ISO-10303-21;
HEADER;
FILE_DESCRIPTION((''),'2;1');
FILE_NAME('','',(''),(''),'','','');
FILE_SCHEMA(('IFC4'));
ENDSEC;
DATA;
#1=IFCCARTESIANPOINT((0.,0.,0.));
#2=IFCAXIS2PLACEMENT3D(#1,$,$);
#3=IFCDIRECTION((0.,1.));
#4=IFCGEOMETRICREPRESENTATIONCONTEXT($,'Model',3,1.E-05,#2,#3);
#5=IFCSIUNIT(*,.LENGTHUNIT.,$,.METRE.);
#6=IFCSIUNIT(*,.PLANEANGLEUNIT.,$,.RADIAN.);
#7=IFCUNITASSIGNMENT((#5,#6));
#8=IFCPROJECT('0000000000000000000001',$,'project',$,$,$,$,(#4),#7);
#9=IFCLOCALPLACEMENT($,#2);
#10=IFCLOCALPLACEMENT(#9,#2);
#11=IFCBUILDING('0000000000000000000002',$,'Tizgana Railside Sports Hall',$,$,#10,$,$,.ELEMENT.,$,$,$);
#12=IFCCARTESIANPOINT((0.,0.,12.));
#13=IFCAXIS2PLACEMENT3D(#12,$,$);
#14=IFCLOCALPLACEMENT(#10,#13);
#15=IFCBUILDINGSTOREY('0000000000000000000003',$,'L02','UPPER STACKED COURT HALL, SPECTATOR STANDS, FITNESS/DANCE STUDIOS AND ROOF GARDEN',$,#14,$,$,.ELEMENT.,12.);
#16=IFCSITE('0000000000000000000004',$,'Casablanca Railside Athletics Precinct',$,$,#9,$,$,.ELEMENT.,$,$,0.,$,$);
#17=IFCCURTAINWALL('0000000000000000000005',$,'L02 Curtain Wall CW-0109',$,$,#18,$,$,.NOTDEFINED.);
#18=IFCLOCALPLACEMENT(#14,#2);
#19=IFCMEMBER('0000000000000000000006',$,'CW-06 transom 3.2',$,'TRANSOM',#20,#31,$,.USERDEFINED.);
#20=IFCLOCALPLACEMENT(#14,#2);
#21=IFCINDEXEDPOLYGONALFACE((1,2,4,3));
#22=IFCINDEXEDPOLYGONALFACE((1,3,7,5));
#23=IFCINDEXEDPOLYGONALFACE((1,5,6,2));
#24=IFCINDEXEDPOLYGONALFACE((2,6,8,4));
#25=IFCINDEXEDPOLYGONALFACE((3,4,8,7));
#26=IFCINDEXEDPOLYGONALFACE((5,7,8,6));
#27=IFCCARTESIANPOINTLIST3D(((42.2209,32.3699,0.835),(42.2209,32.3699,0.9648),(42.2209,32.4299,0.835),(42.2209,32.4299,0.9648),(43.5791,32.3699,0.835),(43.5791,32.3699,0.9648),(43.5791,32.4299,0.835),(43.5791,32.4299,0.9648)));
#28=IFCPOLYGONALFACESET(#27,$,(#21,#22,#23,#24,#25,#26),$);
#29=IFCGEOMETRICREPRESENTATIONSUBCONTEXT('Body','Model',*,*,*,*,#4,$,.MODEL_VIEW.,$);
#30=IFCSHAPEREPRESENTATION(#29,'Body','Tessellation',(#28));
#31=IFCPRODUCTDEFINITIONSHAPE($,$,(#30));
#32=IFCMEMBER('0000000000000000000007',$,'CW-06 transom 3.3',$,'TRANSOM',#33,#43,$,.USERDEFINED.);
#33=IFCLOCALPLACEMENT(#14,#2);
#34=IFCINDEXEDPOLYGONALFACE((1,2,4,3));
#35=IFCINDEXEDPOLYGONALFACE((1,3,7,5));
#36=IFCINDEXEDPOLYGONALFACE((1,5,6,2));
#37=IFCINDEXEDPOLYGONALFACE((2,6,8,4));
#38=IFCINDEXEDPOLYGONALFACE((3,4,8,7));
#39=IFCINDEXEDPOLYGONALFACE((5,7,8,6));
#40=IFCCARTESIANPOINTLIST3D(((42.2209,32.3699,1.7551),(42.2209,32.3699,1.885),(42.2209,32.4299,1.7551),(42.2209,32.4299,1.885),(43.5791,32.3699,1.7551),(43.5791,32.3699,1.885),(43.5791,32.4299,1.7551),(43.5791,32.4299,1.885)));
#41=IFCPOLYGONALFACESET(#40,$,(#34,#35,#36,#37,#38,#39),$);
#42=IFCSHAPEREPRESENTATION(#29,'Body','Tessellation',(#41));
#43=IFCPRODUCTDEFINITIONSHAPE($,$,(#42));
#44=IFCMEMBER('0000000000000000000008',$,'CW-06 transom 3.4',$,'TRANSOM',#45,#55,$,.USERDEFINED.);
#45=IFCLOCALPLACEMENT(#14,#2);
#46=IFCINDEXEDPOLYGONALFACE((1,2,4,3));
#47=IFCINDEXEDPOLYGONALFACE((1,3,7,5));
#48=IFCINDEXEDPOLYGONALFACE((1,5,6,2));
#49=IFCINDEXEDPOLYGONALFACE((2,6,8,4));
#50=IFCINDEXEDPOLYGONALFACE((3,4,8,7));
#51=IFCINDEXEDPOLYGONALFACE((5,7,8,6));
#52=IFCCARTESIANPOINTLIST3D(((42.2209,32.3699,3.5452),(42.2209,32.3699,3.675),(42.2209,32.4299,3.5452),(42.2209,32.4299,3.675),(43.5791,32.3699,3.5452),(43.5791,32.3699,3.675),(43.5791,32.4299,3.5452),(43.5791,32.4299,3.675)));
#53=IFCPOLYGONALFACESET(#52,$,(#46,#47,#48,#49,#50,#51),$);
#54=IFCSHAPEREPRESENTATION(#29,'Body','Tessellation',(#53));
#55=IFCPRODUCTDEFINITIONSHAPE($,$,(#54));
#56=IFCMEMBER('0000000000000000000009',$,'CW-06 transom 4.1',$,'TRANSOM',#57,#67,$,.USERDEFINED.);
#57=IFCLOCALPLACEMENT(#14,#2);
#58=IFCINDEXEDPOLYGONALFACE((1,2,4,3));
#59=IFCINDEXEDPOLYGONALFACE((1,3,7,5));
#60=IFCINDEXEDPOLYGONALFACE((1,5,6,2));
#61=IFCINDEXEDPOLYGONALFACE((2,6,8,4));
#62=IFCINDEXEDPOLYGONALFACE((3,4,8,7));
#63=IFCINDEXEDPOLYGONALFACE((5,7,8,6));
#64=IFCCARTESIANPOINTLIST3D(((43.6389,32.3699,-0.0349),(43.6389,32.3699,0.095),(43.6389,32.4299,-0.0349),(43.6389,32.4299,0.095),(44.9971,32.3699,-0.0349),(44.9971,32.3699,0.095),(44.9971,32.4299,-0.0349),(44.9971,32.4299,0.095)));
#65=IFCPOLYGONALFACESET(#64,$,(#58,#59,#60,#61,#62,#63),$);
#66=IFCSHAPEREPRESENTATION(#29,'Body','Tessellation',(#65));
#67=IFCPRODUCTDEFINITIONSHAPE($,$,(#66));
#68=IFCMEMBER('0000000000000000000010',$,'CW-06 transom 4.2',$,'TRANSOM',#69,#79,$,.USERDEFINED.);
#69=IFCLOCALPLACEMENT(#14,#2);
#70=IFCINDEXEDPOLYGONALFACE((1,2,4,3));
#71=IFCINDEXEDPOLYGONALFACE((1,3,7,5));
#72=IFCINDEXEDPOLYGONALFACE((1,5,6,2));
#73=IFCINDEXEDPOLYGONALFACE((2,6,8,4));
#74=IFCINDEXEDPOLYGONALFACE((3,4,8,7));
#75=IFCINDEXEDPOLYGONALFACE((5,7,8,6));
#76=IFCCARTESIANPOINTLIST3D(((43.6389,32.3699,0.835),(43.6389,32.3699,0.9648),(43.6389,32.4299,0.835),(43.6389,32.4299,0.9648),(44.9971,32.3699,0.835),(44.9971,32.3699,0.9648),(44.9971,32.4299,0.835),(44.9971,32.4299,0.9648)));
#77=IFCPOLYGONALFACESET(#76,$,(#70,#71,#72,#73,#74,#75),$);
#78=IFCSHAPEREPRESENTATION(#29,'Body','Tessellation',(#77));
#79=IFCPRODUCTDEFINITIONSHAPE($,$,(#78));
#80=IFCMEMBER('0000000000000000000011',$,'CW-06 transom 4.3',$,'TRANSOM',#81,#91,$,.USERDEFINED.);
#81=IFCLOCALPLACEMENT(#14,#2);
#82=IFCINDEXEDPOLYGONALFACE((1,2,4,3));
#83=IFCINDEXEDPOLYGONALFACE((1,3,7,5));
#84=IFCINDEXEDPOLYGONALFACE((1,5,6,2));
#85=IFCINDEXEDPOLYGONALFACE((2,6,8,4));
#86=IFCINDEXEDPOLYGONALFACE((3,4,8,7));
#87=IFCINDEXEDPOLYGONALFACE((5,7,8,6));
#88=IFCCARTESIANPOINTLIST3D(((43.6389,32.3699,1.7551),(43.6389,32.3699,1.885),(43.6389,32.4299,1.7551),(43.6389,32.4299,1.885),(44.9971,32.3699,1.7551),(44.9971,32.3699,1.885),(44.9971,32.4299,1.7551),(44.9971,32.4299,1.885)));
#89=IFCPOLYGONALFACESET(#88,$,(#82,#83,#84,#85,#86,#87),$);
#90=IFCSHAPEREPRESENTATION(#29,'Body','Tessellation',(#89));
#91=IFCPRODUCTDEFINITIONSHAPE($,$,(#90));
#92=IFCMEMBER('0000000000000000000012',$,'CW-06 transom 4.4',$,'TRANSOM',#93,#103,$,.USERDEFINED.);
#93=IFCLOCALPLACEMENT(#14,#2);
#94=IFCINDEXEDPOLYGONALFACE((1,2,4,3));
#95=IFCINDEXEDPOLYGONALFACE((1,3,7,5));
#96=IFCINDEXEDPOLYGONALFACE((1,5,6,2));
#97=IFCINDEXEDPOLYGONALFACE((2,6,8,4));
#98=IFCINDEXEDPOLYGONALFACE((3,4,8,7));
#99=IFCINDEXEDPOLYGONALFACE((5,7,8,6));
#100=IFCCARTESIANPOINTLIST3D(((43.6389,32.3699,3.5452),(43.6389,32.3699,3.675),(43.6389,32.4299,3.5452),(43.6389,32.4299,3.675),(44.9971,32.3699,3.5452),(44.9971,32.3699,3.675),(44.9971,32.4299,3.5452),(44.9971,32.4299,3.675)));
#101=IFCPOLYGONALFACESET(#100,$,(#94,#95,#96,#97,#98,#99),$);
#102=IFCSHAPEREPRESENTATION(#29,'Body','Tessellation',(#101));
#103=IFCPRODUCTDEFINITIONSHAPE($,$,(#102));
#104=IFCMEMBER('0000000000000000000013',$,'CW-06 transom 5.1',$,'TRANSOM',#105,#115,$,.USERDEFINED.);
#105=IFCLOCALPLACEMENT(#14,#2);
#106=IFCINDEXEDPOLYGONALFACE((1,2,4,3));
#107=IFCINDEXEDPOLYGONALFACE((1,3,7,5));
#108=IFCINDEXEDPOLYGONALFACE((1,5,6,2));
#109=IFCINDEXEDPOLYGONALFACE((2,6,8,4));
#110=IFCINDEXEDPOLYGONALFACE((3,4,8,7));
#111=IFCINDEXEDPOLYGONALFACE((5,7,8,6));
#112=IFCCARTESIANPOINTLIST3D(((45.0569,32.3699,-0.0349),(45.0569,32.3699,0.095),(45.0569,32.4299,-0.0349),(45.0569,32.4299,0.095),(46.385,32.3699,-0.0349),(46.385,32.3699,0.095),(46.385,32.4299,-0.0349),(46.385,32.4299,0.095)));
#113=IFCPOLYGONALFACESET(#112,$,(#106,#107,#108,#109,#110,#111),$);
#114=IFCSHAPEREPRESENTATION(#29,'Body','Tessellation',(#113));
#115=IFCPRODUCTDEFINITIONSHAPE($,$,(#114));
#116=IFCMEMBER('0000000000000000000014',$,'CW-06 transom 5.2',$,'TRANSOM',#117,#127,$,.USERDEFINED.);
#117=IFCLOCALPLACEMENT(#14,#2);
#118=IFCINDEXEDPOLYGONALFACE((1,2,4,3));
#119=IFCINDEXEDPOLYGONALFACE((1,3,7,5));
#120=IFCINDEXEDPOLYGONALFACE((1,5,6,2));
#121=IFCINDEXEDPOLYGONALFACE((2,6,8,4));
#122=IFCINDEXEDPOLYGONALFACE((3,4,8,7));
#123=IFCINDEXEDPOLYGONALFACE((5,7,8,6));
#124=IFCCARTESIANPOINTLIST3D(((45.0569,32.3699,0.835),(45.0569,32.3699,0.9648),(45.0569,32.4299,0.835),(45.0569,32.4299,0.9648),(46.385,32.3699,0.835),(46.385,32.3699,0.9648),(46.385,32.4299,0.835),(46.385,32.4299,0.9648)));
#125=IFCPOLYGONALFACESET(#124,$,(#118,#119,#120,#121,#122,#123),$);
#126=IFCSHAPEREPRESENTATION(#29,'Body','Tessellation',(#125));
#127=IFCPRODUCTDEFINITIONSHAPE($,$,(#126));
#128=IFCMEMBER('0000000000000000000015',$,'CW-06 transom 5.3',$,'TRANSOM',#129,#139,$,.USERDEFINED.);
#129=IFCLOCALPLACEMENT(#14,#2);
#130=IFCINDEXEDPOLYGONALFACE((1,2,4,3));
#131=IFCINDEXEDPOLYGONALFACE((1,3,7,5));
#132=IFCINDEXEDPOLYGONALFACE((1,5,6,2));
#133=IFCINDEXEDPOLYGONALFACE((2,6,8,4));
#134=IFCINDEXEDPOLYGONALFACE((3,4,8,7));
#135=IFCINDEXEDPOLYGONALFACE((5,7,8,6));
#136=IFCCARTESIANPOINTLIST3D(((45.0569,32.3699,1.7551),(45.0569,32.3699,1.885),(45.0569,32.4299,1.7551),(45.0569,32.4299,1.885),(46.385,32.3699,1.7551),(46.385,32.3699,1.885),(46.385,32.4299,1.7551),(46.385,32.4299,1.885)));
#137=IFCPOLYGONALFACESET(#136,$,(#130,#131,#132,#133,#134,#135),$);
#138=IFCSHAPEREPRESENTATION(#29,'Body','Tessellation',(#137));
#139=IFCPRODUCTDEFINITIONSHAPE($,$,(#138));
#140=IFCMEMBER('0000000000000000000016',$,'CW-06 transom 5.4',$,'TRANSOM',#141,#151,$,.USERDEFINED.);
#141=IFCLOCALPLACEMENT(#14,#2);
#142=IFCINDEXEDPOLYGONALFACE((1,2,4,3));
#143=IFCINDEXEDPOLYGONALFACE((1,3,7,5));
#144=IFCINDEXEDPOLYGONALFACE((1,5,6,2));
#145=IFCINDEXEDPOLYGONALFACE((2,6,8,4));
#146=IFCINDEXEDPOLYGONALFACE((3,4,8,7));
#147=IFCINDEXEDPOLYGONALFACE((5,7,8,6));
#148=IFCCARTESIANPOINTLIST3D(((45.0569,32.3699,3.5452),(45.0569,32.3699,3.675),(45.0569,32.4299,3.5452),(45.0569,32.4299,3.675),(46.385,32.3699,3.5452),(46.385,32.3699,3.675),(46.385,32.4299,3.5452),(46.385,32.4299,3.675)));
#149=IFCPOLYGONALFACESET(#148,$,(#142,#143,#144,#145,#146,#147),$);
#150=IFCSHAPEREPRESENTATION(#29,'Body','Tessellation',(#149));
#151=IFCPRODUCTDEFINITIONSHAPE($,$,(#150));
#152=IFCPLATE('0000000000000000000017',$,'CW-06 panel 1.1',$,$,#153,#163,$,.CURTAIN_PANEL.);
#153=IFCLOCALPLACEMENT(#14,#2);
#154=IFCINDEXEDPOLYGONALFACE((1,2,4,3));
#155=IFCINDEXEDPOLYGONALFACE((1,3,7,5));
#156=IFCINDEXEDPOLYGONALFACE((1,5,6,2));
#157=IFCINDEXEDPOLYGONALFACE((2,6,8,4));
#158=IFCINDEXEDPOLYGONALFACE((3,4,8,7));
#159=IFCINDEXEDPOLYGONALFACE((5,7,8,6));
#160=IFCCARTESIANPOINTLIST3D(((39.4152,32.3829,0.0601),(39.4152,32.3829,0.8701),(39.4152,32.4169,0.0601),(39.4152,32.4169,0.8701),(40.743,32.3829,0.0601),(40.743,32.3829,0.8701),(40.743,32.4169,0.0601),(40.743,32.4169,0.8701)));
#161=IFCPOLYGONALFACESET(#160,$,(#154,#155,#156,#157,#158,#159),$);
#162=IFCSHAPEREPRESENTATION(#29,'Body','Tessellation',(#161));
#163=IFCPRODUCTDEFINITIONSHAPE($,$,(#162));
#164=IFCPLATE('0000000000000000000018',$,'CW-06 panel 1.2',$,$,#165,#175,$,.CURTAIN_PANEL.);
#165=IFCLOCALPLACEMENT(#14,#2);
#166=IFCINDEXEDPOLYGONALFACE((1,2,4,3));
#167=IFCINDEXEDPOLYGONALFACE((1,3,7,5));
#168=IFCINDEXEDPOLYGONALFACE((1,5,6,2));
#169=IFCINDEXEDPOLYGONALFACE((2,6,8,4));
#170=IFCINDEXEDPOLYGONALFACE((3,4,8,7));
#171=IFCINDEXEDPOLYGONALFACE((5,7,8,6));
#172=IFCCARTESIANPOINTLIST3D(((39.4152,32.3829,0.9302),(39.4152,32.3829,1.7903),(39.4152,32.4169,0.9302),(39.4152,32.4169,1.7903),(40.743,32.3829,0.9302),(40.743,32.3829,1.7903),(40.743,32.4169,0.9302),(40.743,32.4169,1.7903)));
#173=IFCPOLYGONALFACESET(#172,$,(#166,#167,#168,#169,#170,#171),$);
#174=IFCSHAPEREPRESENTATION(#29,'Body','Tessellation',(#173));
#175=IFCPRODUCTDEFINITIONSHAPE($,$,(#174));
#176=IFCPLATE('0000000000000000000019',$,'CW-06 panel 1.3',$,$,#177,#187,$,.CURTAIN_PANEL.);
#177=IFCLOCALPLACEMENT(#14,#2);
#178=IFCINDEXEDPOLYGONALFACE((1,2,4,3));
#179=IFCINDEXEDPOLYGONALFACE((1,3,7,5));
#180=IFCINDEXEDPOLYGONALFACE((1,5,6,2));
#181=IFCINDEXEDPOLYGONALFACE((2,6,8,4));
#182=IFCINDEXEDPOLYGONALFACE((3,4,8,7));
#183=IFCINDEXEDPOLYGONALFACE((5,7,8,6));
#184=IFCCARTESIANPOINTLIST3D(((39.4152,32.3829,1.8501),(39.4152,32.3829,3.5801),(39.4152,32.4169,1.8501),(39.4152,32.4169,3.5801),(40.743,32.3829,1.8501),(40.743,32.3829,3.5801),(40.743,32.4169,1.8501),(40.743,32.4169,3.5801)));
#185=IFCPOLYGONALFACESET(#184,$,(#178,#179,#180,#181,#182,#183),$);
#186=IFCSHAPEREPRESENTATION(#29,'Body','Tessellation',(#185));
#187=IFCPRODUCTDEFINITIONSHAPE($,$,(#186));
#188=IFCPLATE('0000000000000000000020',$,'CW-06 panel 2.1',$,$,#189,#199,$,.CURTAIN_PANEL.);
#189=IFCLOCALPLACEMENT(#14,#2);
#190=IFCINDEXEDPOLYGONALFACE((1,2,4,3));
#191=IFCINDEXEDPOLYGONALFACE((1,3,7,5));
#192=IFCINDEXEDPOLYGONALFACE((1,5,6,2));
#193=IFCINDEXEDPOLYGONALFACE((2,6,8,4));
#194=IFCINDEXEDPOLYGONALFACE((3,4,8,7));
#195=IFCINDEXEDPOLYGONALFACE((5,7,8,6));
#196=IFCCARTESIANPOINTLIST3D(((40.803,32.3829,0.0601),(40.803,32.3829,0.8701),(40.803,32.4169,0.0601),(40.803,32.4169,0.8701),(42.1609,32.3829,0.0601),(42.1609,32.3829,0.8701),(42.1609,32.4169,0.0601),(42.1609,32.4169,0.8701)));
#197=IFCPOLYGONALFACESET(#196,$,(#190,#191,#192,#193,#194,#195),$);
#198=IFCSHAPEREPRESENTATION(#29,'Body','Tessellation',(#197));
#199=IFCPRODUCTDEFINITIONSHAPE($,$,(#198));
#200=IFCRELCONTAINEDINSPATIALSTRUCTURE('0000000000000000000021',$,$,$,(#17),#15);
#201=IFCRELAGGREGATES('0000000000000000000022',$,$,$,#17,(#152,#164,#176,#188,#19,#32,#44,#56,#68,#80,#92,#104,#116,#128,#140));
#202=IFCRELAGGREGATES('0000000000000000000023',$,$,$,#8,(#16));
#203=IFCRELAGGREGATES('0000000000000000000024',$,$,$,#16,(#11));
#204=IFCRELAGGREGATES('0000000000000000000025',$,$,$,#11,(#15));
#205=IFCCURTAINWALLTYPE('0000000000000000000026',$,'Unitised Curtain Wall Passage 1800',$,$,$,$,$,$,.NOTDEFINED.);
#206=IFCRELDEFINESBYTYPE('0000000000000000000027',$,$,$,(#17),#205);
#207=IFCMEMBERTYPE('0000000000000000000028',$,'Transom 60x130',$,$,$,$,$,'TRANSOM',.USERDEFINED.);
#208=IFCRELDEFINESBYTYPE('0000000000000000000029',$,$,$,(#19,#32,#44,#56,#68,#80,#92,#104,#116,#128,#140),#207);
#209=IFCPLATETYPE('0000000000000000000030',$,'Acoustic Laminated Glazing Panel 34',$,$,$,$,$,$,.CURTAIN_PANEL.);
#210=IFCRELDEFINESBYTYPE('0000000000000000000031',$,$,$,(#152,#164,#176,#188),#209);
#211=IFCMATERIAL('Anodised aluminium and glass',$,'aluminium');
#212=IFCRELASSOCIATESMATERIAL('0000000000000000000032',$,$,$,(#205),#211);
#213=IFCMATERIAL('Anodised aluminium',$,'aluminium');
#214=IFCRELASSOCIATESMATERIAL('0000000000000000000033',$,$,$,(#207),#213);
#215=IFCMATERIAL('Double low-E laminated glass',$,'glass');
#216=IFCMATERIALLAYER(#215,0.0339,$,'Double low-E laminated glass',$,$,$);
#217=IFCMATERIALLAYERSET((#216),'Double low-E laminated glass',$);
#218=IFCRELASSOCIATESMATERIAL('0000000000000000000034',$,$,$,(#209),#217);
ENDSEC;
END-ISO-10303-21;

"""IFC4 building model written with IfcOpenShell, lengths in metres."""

from ifc_helpers import new_model, si_unit, direction, frame, origin, origin_2d, place, context, subcontext, project, spatial, rectangle, extrude, material, layer, layer_set, material_profile, profile_set, type_object, element, aggregate, save


model = new_model("IFC4")

# Units and contexts
model_context = context("Model", 3, precision=1e-05, world=origin(), true_north=direction((0.0, 1.0)))
body_context = subcontext(model_context, "Body", "Model", "MODEL_VIEW")
ifc_project = project(units=[si_unit("LENGTHUNIT", "METRE"), si_unit("PLANEANGLEUNIT", "RADIAN")], contexts=[model_context])

# Site, building, storey
site_placement = place(None, origin())
site = spatial("IfcSite", under=ifc_project, at=site_placement, Name="Casablanca Railside Athletics Precinct", CompositionType="ELEMENT", RefElevation=0.0)
building_placement = place(site_placement, origin())
building = spatial("IfcBuilding", under=site, at=building_placement, Name="Tizgana Railside Sports Hall", CompositionType="ELEMENT")
storey_placement = place(building_placement, frame((0.0, 0.0, 12.0)))
storey = spatial("IfcBuildingStorey", under=building, at=storey_placement, Name="L02", Description="UPPER STACKED COURT HALL, SPECTATOR STANDS, FITNESS/DANCE STUDIOS AND ROOF GARDEN", CompositionType="ELEMENT", Elevation=12.0)

# Curtain wall, members, plates
ifc_material_1 = material(Name="Anodised aluminium and glass", Category="aluminium")
curtain_wall_type = type_object("IfcCurtainWallType", Name="Unitised Curtain Wall Passage 1800", PredefinedType="NOTDEFINED", material=ifc_material_1)
curtain_wall_placement = place(storey_placement, origin())
curtain_wall = element("IfcCurtainWall", 1, at=curtain_wall_placement, inside=storey, type_object=curtain_wall_type, Name="L02 Curtain Wall CW-0109", PredefinedType="NOTDEFINED")
ifc_material_2 = material(Name="Anodised aluminium", Category="aluminium")
ifc_material_profile_1 = material_profile(ifc_material_2, rectangle(XDim=0.0601, YDim=0.1299, at=origin_2d()), Name="Transom 60x130")
ifc_profile_set_1 = profile_set([ifc_material_profile_1], Name="Anodised aluminium")
member_type_1 = type_object("IfcMemberType", Name="Transom 60x130", ElementType="TRANSOM", PredefinedType="USERDEFINED", material=ifc_profile_set_1)
member_1_placement = place(storey_placement, frame((42.2209, 32.3999, 0.8999), z_axis=(1.0, 0.0, 0.0), x_axis=(0.0, 1.0, 0.0)))
member_1 = element("IfcMember", 2, at=member_1_placement, type_object=member_type_1, Name="CW-06 transom 3.2", ObjectType="TRANSOM", PredefinedType="USERDEFINED", context=body_context, shape_type="SweptSolid", body=[
    extrude(rectangle(XDim=0.0601, YDim=0.1299, at=origin_2d()), origin(), (0.0, 0.0, 1.0), 1.3582),
])
member_2_placement = place(storey_placement, frame((42.2209, 32.3999, 1.8201), z_axis=(1.0, 0.0, 0.0), x_axis=(0.0, 1.0, 0.0)))
member_2 = element("IfcMember", 3, at=member_2_placement, type_object=member_type_1, Name="CW-06 transom 3.3", ObjectType="TRANSOM", PredefinedType="USERDEFINED", context=body_context, shape_type="SweptSolid", body=[
    extrude(rectangle(XDim=0.0601, YDim=0.1299, at=origin_2d()), origin(), (0.0, 0.0, 1.0), 1.3582),
])
member_3_placement = place(storey_placement, frame((42.2209, 32.3999, 3.6101), z_axis=(1.0, 0.0, 0.0), x_axis=(0.0, 1.0, 0.0)))
member_3 = element("IfcMember", 4, at=member_3_placement, type_object=member_type_1, Name="CW-06 transom 3.4", ObjectType="TRANSOM", PredefinedType="USERDEFINED", context=body_context, shape_type="SweptSolid", body=[
    extrude(rectangle(XDim=0.0601, YDim=0.1299, at=origin_2d()), origin(), (0.0, 0.0, 1.0), 1.3582),
])
member_4_placement = place(storey_placement, frame((43.6389, 32.3999, 0.03), z_axis=(1.0, 0.0, 0.0), x_axis=(0.0, 1.0, 0.0)))
member_4 = element("IfcMember", 5, at=member_4_placement, type_object=member_type_1, Name="CW-06 transom 4.1", ObjectType="TRANSOM", PredefinedType="USERDEFINED", context=body_context, shape_type="SweptSolid", body=[
    extrude(rectangle(XDim=0.0601, YDim=0.1299, at=origin_2d()), origin(), (0.0, 0.0, 1.0), 1.3582),
])
member_5_placement = place(storey_placement, frame((43.6389, 32.3999, 0.8999), z_axis=(1.0, 0.0, 0.0), x_axis=(0.0, 1.0, 0.0)))
member_5 = element("IfcMember", 6, at=member_5_placement, type_object=member_type_1, Name="CW-06 transom 4.2", ObjectType="TRANSOM", PredefinedType="USERDEFINED", context=body_context, shape_type="SweptSolid", body=[
    extrude(rectangle(XDim=0.0601, YDim=0.1299, at=origin_2d()), origin(), (0.0, 0.0, 1.0), 1.3582),
])
member_6_placement = place(storey_placement, frame((43.6389, 32.3999, 1.8201), z_axis=(1.0, 0.0, 0.0), x_axis=(0.0, 1.0, 0.0)))
member_6 = element("IfcMember", 7, at=member_6_placement, type_object=member_type_1, Name="CW-06 transom 4.3", ObjectType="TRANSOM", PredefinedType="USERDEFINED", context=body_context, shape_type="SweptSolid", body=[
    extrude(rectangle(XDim=0.0601, YDim=0.1299, at=origin_2d()), origin(), (0.0, 0.0, 1.0), 1.3582),
])
member_7_placement = place(storey_placement, frame((43.6389, 32.3999, 3.6101), z_axis=(1.0, 0.0, 0.0), x_axis=(0.0, 1.0, 0.0)))
member_7 = element("IfcMember", 8, at=member_7_placement, type_object=member_type_1, Name="CW-06 transom 4.4", ObjectType="TRANSOM", PredefinedType="USERDEFINED", context=body_context, shape_type="SweptSolid", body=[
    extrude(rectangle(XDim=0.0601, YDim=0.1299, at=origin_2d()), origin(), (0.0, 0.0, 1.0), 1.3582),
])
member_8_placement = place(storey_placement, frame((45.0569, 32.3999, 0.03), z_axis=(1.0, 0.0, 0.0), x_axis=(0.0, 1.0, 0.0)))
member_8 = element("IfcMember", 9, at=member_8_placement, type_object=member_type_1, Name="CW-06 transom 5.1", ObjectType="TRANSOM", PredefinedType="USERDEFINED", context=body_context, shape_type="SweptSolid", body=[
    extrude(rectangle(XDim=0.0601, YDim=0.1299, at=origin_2d()), origin(), (0.0, 0.0, 1.0), 1.3281),
])
member_9_placement = place(storey_placement, frame((45.0569, 32.3999, 0.8999), z_axis=(1.0, 0.0, 0.0), x_axis=(0.0, 1.0, 0.0)))
member_9 = element("IfcMember", 10, at=member_9_placement, type_object=member_type_1, Name="CW-06 transom 5.2", ObjectType="TRANSOM", PredefinedType="USERDEFINED", context=body_context, shape_type="SweptSolid", body=[
    extrude(rectangle(XDim=0.0601, YDim=0.1299, at=origin_2d()), origin(), (0.0, 0.0, 1.0), 1.3281),
])
member_10_placement = place(storey_placement, frame((45.0569, 32.3999, 1.8201), z_axis=(1.0, 0.0, 0.0), x_axis=(0.0, 1.0, 0.0)))
member_10 = element("IfcMember", 11, at=member_10_placement, type_object=member_type_1, Name="CW-06 transom 5.3", ObjectType="TRANSOM", PredefinedType="USERDEFINED", context=body_context, shape_type="SweptSolid", body=[
    extrude(rectangle(XDim=0.0601, YDim=0.1299, at=origin_2d()), origin(), (0.0, 0.0, 1.0), 1.3281),
])
member_11_placement = place(storey_placement, frame((45.0569, 32.3999, 3.6101), z_axis=(1.0, 0.0, 0.0), x_axis=(0.0, 1.0, 0.0)))
member_11 = element("IfcMember", 12, at=member_11_placement, type_object=member_type_1, Name="CW-06 transom 5.4", ObjectType="TRANSOM", PredefinedType="USERDEFINED", context=body_context, shape_type="SweptSolid", body=[
    extrude(rectangle(XDim=0.0601, YDim=0.1299, at=origin_2d()), origin(), (0.0, 0.0, 1.0), 1.3281),
])
ifc_material_3 = material(Name="Double low-E laminated glass", Category="glass")
ifc_layer = layer(ifc_material_3, 0.0339, Name="Double low-E laminated glass")
ifc_layer_set = layer_set([ifc_layer], Name="Double low-E laminated glass")
plate_type = type_object("IfcPlateType", Name="Acoustic Laminated Glazing Panel 34", PredefinedType="CURTAIN_PANEL", material=ifc_layer_set)
plate_1_placement = place(storey_placement, frame((40.0791, 32.3999, 0.0601), z_axis=(0.0, 0.0, 1.0), x_axis=(1.0, 0.0, 0.0)))
plate_1 = element("IfcPlate", 13, at=plate_1_placement, type_object=plate_type, Name="CW-06 panel 1.1", PredefinedType="CURTAIN_PANEL", context=body_context, shape_type="SweptSolid", body=[
    extrude(rectangle(XDim=1.3279, YDim=0.0339, at=origin_2d()), origin(), (0.0, 0.0, 1.0), 0.8101),
])
plate_2_placement = place(storey_placement, frame((40.0791, 32.3999, 0.9302), z_axis=(0.0, 0.0, 1.0), x_axis=(1.0, 0.0, 0.0)))
plate_2 = element("IfcPlate", 14, at=plate_2_placement, type_object=plate_type, Name="CW-06 panel 1.2", PredefinedType="CURTAIN_PANEL", context=body_context, shape_type="SweptSolid", body=[
    extrude(rectangle(XDim=1.3279, YDim=0.0339, at=origin_2d()), origin(), (0.0, 0.0, 1.0), 0.8601),
])
plate_3_placement = place(storey_placement, frame((40.0791, 32.3999, 1.8501), z_axis=(0.0, 0.0, 1.0), x_axis=(1.0, 0.0, 0.0)))
plate_3 = element("IfcPlate", 15, at=plate_3_placement, type_object=plate_type, Name="CW-06 panel 1.3", PredefinedType="CURTAIN_PANEL", context=body_context, shape_type="SweptSolid", body=[
    extrude(rectangle(XDim=1.3279, YDim=0.0339, at=origin_2d()), origin(), (0.0, 0.0, 1.0), 1.73),
])
plate_4_placement = place(storey_placement, frame((41.4819, 32.3999, 0.0601), z_axis=(0.0, 0.0, 1.0), x_axis=(1.0, 0.0, 0.0)))
plate_4 = element("IfcPlate", 16, at=plate_4_placement, type_object=plate_type, Name="CW-06 panel 2.1", PredefinedType="CURTAIN_PANEL", context=body_context, shape_type="SweptSolid", body=[
    extrude(rectangle(XDim=1.3579, YDim=0.0339, at=origin_2d()), origin(), (0.0, 0.0, 1.0), 0.8101),
])
aggregate(curtain_wall, [plate_1, plate_2, plate_3, plate_4, member_1, member_2, member_3, member_4, member_5, member_6, member_7, member_8, member_9, member_10, member_11])

save(model, "model.ifc")
